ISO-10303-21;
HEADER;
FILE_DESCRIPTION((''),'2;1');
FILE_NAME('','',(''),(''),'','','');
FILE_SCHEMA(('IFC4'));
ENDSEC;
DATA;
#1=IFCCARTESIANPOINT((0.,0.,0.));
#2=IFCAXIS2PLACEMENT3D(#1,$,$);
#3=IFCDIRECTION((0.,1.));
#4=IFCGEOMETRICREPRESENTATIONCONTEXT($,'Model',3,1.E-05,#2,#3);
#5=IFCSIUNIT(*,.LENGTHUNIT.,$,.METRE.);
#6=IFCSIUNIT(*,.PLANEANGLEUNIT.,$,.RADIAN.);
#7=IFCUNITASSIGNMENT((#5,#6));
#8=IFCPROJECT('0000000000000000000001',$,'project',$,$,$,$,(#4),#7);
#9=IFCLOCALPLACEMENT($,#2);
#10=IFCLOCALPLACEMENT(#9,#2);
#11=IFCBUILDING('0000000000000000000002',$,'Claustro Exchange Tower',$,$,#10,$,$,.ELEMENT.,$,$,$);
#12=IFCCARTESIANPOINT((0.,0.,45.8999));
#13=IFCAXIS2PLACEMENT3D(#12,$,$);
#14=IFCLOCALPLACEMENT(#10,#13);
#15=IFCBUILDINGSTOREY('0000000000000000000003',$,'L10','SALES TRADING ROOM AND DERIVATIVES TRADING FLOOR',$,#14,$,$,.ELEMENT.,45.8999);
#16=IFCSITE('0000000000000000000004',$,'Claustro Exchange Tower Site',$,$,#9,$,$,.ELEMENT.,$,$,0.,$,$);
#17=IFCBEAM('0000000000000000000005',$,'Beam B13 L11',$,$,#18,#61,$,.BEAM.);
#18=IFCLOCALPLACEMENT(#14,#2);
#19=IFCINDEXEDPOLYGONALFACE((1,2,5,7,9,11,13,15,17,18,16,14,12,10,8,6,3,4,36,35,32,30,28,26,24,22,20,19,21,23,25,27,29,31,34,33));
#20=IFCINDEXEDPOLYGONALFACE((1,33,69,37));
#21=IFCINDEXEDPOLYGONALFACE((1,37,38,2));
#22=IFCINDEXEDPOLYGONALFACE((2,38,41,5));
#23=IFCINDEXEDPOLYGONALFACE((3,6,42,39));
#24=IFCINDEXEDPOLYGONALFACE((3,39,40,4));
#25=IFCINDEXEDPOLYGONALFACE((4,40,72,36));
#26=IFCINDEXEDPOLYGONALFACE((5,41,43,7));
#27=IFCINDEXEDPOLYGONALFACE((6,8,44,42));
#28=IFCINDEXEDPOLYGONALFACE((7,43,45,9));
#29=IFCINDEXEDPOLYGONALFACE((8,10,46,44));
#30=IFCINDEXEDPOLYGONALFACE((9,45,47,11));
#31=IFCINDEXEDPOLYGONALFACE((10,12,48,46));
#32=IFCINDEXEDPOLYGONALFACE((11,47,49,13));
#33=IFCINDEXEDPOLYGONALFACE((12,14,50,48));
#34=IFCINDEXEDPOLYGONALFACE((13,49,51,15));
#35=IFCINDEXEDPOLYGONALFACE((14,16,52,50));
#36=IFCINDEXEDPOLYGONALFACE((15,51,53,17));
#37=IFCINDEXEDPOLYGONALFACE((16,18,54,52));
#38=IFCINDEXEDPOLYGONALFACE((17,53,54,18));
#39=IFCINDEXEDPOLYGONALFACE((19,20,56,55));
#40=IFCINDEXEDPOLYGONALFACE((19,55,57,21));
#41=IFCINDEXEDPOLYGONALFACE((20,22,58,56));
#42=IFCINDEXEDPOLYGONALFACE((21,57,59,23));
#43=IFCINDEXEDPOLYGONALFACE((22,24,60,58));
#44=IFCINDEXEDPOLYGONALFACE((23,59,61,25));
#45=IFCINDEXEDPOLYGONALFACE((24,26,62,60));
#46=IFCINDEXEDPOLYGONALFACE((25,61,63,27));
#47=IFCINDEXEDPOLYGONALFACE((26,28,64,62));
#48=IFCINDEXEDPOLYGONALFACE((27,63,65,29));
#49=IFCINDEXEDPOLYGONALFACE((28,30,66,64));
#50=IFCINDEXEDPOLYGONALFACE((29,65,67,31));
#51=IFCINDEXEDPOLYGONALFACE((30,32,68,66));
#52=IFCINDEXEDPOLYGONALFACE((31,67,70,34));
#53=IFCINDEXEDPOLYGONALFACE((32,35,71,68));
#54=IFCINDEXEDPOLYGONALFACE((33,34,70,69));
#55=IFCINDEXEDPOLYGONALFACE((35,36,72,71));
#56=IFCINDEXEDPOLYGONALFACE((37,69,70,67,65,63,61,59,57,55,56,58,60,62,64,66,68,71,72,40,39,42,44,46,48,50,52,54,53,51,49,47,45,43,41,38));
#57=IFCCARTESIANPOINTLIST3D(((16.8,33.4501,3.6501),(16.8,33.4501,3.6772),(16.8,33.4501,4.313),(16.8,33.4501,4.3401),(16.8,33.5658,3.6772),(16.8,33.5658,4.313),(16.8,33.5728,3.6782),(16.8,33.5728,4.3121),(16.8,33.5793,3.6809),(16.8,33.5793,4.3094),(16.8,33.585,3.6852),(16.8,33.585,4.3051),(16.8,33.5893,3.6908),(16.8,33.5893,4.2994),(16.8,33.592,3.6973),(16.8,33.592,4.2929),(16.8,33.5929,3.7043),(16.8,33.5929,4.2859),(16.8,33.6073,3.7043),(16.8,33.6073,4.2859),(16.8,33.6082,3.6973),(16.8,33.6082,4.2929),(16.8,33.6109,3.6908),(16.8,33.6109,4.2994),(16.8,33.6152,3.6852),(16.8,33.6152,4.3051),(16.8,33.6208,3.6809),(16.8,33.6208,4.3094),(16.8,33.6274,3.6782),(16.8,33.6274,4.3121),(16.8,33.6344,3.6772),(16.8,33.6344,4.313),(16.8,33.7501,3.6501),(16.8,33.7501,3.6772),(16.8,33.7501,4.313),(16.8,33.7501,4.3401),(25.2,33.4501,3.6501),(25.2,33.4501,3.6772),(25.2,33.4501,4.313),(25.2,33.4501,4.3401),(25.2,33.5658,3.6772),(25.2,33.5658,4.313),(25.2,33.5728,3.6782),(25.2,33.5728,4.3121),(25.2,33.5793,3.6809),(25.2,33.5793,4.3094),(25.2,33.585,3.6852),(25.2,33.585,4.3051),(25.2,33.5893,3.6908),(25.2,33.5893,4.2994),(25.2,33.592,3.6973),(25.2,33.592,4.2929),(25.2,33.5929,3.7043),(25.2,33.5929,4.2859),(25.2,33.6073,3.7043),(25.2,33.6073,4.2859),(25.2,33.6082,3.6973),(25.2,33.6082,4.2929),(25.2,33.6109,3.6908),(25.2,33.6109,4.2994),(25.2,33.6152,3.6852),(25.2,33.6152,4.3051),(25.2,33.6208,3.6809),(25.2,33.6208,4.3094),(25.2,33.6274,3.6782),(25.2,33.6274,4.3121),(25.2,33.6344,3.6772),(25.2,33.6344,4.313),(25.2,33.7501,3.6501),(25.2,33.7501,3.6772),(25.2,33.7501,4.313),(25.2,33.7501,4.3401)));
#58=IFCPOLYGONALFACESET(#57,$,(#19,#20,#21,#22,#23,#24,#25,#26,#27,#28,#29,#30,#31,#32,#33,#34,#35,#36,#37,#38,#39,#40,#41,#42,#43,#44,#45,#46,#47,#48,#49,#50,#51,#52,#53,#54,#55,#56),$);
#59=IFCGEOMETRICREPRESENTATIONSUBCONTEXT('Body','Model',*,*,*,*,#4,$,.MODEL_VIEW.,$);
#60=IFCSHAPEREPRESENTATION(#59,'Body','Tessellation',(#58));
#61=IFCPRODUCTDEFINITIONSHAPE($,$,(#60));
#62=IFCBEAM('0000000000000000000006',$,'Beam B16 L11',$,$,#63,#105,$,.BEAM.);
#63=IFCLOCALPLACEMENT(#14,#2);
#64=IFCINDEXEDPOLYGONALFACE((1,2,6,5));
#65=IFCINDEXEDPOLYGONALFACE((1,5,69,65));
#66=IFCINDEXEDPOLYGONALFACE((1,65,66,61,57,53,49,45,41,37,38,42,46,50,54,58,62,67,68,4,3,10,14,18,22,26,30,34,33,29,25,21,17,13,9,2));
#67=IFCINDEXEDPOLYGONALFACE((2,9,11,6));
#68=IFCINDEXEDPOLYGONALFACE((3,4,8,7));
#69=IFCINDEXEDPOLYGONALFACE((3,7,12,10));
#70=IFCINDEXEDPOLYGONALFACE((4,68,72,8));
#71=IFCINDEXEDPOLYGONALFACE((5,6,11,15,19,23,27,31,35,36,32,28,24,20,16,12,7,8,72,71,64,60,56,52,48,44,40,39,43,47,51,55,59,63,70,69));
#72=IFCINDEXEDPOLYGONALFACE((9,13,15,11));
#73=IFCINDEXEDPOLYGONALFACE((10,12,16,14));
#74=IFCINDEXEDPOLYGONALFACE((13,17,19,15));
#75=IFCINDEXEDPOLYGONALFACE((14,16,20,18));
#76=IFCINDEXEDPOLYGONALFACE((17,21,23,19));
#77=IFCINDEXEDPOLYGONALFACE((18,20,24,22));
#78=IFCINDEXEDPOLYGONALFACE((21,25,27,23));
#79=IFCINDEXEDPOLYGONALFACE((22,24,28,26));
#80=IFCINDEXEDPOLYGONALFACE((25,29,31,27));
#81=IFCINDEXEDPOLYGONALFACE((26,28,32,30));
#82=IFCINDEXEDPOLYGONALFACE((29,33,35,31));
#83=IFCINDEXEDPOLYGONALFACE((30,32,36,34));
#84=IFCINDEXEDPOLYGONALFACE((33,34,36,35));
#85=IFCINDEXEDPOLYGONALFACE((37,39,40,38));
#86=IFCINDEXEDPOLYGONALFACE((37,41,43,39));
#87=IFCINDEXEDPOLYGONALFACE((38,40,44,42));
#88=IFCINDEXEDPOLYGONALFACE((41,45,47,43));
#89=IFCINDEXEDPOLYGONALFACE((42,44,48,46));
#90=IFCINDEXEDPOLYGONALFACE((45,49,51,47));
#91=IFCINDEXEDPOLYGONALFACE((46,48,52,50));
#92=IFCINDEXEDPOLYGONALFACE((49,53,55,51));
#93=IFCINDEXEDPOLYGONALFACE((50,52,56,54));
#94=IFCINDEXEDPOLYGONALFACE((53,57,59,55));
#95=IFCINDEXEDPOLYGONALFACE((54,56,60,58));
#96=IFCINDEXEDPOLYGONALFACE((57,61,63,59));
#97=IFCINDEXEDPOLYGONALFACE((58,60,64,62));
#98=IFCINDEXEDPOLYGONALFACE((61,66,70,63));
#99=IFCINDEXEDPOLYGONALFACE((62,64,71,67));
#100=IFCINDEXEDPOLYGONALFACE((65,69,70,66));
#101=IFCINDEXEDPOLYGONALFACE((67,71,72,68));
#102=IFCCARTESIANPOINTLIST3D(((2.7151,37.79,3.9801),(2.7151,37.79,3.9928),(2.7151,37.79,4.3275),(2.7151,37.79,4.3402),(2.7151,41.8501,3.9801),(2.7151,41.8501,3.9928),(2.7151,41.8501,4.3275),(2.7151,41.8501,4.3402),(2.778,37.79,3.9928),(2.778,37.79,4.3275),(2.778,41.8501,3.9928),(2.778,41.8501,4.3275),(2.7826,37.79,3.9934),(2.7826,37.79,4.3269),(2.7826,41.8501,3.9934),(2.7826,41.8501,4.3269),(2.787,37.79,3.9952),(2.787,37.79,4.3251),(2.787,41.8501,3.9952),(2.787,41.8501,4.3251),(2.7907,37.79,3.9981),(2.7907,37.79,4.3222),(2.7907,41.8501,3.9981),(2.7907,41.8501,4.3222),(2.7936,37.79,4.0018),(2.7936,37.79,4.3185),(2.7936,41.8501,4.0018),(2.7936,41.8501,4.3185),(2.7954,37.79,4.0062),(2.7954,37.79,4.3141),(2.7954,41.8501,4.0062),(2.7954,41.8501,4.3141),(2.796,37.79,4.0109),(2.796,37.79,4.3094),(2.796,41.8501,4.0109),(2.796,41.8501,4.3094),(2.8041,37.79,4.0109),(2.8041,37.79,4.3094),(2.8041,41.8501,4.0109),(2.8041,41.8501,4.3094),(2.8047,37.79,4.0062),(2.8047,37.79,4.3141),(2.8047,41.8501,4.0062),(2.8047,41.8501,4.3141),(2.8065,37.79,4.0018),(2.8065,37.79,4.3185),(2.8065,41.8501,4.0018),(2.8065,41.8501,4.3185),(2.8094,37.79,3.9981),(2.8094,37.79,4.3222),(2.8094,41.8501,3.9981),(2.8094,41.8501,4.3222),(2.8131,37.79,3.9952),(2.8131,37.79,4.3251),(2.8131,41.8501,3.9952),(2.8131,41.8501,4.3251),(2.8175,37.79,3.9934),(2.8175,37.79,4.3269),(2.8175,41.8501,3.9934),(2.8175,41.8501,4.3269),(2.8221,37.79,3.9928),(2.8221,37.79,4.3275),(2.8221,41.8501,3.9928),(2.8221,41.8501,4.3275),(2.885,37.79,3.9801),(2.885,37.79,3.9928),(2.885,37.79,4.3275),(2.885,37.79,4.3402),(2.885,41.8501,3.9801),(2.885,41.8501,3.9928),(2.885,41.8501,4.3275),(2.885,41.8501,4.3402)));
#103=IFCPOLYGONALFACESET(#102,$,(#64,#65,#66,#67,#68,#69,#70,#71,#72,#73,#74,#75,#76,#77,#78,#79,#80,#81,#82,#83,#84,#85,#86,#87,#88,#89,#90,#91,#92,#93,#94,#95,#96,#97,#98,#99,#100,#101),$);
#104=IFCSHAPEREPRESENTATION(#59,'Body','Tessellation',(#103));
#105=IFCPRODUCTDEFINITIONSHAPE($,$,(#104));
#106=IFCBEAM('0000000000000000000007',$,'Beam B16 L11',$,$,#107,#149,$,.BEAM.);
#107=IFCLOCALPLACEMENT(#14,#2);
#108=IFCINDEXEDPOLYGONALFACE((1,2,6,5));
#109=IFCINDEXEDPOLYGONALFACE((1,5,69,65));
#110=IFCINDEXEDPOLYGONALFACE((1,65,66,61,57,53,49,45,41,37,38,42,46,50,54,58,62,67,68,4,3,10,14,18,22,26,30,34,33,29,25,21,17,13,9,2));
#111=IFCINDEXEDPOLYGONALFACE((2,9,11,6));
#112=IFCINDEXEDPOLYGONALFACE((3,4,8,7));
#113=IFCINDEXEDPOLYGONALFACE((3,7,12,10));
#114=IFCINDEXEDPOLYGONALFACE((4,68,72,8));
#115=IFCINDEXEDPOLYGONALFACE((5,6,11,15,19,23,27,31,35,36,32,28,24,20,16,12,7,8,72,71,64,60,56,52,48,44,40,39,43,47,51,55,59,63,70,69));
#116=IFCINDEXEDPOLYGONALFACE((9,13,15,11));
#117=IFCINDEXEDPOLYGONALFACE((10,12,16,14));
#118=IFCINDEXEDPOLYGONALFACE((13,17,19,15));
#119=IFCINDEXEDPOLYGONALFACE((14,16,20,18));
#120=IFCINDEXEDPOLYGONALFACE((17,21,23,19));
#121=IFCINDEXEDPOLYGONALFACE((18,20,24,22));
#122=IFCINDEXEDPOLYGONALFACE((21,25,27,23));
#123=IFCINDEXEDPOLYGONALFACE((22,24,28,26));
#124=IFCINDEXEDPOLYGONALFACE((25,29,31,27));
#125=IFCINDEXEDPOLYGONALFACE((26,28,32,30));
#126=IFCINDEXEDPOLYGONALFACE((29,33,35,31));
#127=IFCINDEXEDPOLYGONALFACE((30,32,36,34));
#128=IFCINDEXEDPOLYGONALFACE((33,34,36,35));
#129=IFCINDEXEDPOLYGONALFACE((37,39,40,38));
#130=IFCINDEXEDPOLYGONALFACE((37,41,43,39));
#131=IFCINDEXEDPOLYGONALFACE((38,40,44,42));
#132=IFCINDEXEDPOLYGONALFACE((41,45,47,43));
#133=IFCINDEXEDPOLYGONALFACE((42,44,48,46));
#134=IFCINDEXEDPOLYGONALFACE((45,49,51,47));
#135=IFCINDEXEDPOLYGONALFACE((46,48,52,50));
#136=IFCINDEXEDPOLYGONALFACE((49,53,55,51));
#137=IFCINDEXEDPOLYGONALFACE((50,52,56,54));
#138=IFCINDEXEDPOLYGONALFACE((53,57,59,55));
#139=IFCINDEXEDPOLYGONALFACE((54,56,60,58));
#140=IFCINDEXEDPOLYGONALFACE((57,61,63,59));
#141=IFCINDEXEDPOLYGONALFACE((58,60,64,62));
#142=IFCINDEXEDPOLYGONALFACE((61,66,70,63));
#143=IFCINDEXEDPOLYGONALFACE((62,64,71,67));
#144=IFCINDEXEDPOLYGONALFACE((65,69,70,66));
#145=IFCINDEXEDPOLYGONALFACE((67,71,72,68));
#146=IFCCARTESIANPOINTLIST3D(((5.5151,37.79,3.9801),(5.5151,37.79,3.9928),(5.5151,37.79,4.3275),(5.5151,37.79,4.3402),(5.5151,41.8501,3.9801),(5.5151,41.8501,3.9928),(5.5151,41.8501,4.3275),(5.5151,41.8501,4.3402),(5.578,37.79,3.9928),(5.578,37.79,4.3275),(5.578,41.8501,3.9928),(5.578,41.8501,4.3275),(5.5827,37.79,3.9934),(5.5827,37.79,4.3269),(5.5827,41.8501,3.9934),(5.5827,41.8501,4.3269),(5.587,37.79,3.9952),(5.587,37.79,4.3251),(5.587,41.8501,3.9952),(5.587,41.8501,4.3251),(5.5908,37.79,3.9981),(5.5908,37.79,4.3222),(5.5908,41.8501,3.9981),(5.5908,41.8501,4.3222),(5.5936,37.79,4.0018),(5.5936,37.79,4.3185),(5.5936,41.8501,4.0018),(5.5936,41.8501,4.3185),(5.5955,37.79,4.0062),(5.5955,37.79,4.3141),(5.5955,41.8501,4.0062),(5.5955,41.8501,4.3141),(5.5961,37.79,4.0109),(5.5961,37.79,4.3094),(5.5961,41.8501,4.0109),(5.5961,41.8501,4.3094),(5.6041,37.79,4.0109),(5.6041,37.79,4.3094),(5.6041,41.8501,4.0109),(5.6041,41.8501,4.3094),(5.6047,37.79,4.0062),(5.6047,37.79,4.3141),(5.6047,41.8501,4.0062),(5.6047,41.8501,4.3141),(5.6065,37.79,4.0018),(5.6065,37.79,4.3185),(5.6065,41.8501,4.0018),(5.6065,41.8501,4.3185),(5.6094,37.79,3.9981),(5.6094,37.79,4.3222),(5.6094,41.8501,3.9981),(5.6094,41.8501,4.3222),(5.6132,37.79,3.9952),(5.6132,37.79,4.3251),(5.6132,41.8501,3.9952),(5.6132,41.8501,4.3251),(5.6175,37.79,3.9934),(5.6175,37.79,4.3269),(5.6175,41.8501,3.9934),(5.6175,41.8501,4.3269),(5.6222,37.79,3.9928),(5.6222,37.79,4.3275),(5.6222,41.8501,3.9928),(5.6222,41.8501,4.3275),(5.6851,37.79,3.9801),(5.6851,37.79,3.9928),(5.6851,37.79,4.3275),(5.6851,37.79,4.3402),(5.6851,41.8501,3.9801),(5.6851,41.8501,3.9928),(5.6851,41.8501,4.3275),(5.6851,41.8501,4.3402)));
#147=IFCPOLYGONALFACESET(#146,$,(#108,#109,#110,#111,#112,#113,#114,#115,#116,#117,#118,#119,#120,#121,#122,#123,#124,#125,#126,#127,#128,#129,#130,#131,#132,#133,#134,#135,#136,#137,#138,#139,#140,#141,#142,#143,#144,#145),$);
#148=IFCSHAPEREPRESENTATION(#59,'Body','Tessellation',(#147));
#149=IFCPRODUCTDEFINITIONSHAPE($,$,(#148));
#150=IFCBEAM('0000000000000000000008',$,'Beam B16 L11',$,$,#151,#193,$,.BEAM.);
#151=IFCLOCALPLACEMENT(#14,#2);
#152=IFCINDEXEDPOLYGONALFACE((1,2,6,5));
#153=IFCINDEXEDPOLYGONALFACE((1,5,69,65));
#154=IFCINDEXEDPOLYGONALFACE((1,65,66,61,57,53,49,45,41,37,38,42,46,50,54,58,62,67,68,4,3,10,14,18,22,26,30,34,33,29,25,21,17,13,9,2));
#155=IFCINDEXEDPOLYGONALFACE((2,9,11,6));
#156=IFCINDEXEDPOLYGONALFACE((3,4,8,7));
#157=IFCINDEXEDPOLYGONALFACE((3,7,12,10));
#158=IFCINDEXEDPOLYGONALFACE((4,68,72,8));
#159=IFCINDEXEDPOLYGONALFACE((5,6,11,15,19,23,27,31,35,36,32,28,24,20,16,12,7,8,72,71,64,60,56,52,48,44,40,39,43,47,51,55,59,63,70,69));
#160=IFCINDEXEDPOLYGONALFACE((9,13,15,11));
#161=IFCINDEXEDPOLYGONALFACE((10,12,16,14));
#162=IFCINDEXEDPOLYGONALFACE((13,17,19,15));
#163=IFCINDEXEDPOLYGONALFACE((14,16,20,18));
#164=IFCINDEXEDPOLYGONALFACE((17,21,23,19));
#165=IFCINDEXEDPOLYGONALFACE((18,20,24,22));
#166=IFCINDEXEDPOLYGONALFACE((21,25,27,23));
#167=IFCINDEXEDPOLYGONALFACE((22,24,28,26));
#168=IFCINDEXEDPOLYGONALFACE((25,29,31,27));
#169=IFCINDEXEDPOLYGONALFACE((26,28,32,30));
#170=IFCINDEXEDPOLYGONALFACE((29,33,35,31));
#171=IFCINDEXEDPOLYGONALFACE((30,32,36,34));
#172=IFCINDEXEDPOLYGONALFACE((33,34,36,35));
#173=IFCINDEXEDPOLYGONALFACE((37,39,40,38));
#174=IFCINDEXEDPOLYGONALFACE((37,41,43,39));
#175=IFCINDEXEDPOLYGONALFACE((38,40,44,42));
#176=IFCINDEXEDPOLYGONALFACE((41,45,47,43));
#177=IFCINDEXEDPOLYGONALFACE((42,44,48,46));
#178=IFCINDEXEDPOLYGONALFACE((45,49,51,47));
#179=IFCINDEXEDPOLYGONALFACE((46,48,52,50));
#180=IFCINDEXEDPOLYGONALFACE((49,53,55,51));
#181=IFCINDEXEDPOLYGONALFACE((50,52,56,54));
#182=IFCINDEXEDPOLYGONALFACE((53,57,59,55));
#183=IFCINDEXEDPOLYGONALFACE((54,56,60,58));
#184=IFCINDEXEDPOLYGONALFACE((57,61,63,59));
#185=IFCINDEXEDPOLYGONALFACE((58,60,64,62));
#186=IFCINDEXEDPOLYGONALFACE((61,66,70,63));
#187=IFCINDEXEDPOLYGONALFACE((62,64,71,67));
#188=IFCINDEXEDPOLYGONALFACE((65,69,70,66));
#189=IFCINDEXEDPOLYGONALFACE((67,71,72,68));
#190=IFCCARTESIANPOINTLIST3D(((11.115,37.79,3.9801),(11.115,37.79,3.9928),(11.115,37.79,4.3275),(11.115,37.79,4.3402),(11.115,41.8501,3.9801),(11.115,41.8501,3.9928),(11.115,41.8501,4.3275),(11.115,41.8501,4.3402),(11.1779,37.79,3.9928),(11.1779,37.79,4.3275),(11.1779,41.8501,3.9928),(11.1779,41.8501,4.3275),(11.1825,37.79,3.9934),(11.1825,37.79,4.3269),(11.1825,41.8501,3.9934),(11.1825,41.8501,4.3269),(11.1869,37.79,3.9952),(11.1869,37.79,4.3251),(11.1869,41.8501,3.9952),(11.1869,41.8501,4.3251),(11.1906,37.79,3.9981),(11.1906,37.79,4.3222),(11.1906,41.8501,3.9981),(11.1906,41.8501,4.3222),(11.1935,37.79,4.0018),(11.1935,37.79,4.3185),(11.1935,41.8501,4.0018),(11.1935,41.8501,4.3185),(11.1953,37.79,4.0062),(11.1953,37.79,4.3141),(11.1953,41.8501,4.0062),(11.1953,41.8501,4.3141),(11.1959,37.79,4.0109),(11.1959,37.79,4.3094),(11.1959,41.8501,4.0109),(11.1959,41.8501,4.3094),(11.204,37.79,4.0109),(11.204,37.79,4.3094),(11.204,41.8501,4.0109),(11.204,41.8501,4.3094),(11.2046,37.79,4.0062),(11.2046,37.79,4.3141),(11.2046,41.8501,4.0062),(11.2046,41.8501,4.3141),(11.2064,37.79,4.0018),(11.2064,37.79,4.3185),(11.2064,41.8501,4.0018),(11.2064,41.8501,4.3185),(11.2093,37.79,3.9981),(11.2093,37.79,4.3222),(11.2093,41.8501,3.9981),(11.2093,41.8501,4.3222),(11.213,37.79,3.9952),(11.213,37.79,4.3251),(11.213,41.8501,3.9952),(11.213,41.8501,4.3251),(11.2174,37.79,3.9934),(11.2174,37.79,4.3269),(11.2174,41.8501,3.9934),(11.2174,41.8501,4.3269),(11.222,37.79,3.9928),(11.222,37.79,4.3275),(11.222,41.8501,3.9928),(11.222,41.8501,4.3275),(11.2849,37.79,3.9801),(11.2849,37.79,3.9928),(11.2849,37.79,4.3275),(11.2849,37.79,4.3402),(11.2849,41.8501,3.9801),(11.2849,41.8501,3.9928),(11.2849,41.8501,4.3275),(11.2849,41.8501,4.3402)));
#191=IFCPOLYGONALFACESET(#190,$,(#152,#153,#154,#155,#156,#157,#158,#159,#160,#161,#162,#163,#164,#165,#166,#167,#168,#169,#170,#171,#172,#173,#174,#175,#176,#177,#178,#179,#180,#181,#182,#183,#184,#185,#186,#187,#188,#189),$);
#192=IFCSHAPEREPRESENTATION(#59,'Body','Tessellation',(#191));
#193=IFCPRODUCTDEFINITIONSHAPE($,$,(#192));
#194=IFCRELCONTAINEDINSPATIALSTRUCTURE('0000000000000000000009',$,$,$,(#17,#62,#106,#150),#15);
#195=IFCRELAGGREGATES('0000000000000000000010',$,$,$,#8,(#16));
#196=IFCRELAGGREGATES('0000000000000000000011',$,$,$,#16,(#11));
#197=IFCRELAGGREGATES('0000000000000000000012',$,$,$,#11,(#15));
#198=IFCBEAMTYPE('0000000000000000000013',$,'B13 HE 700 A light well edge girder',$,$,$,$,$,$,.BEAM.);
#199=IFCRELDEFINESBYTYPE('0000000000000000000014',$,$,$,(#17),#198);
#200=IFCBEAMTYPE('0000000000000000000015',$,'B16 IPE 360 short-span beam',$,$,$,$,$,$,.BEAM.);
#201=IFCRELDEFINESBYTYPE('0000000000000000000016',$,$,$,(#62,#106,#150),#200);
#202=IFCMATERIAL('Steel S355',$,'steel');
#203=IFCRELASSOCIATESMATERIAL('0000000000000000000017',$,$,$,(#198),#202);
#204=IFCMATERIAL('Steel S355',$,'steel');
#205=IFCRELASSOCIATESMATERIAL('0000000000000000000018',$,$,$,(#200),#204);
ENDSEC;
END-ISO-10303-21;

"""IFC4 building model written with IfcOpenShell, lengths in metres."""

from ifc_helpers import new_model, si_unit, direction, frame, origin, origin_2d, place, context, subcontext, project, spatial, i_section, extrude, material, material_profile, profile_set, type_object, element, save


model = new_model("IFC4")

# Units and contexts
model_context = context("Model", 3, precision=1e-05, world=origin(), true_north=direction((0.0, 1.0)))
body_context = subcontext(model_context, "Body", "Model", "MODEL_VIEW")
ifc_project = project(units=[si_unit("LENGTHUNIT", "METRE"), si_unit("PLANEANGLEUNIT", "RADIAN")], contexts=[model_context])

# Site, building, storey
site_placement = place(None, origin())
site = spatial("IfcSite", under=ifc_project, at=site_placement, Name="Claustro Exchange Tower Site", CompositionType="ELEMENT", RefElevation=0.0)
building_placement = place(site_placement, origin())
building = spatial("IfcBuilding", under=site, at=building_placement, Name="Claustro Exchange Tower", CompositionType="ELEMENT")
storey_placement = place(building_placement, frame((0.0, 0.0, 45.8999)))
storey = spatial("IfcBuildingStorey", under=building, at=storey_placement, Name="L10", Description="SALES TRADING ROOM AND DERIVATIVES TRADING FLOOR", CompositionType="ELEMENT", Elevation=45.8999)

# Beams
ifc_material_1 = material(Name="Steel S355", Category="steel")
ifc_material_profile_1 = material_profile(ifc_material_1, i_section(OverallWidth=0.3, OverallDepth=0.6899, WebThickness=0.0144, FlangeThickness=0.0271, FilletRadius=0.0271, at=origin_2d()), Name="HE 700 A")
ifc_profile_set_1 = profile_set([ifc_material_profile_1], Name="Steel S355")
beam_type_1 = type_object("IfcBeamType", Name="B13 HE 700 A light well edge girder", PredefinedType="BEAM", material=ifc_profile_set_1)
beam_1_placement = place(storey_placement, frame((16.8, 33.6001, 3.9951), z_axis=(1.0, 0.0, 0.0), x_axis=(0.0, 1.0, 0.0)))
element("IfcBeam", 1, at=beam_1_placement, inside=storey, type_object=beam_type_1, Name="Beam B13 L11", PredefinedType="BEAM", context=body_context, shape_type="SweptSolid", body=[
    extrude(i_section(OverallWidth=0.3, OverallDepth=0.6899, WebThickness=0.0144, FlangeThickness=0.0271, FilletRadius=0.0271, at=origin_2d()), origin(), (0.0, 0.0, 1.0), 8.3999),
])
ifc_material_2 = material(Name="Steel S355", Category="steel")
ifc_material_profile_2 = material_profile(ifc_material_2, i_section(OverallWidth=0.1699, OverallDepth=0.3601, WebThickness=0.0081, FlangeThickness=0.0127, FilletRadius=0.0181, at=origin_2d()), Name="IPE 360")
ifc_profile_set_2 = profile_set([ifc_material_profile_2], Name="Steel S355")
beam_type_2 = type_object("IfcBeamType", Name="B16 IPE 360 short-span beam", PredefinedType="BEAM", material=ifc_profile_set_2)
for number, where, z_axis, x_axis, name in (
    (2, (2.8, 37.79, 4.1602), (0.0, 1.0, 0.0), (-1.0, 0.0, 0.0), "Beam B16 L11"),
    (3, (5.6001, 37.79, 4.1602), (0.0, 1.0, 0.0), (-1.0, 0.0, 0.0), "Beam B16 L11"),
    (4, (11.2, 37.79, 4.1602), (0.0, 1.0, 0.0), (-1.0, 0.0, 0.0), "Beam B16 L11"),
):
    element("IfcBeam", number, at=place(storey_placement, frame(where, z_axis=z_axis, x_axis=x_axis)), inside=storey, type_object=beam_type_2, Name=name, PredefinedType="BEAM", context=body_context, shape_type="SweptSolid", body=[
        extrude(i_section(OverallWidth=0.1699, OverallDepth=0.3601, WebThickness=0.0081, FlangeThickness=0.0127, FilletRadius=0.0181, at=origin_2d()), origin(), (0.0, 0.0, 1.0), 4.0601),
    ])

save(model, "model.ifc")
